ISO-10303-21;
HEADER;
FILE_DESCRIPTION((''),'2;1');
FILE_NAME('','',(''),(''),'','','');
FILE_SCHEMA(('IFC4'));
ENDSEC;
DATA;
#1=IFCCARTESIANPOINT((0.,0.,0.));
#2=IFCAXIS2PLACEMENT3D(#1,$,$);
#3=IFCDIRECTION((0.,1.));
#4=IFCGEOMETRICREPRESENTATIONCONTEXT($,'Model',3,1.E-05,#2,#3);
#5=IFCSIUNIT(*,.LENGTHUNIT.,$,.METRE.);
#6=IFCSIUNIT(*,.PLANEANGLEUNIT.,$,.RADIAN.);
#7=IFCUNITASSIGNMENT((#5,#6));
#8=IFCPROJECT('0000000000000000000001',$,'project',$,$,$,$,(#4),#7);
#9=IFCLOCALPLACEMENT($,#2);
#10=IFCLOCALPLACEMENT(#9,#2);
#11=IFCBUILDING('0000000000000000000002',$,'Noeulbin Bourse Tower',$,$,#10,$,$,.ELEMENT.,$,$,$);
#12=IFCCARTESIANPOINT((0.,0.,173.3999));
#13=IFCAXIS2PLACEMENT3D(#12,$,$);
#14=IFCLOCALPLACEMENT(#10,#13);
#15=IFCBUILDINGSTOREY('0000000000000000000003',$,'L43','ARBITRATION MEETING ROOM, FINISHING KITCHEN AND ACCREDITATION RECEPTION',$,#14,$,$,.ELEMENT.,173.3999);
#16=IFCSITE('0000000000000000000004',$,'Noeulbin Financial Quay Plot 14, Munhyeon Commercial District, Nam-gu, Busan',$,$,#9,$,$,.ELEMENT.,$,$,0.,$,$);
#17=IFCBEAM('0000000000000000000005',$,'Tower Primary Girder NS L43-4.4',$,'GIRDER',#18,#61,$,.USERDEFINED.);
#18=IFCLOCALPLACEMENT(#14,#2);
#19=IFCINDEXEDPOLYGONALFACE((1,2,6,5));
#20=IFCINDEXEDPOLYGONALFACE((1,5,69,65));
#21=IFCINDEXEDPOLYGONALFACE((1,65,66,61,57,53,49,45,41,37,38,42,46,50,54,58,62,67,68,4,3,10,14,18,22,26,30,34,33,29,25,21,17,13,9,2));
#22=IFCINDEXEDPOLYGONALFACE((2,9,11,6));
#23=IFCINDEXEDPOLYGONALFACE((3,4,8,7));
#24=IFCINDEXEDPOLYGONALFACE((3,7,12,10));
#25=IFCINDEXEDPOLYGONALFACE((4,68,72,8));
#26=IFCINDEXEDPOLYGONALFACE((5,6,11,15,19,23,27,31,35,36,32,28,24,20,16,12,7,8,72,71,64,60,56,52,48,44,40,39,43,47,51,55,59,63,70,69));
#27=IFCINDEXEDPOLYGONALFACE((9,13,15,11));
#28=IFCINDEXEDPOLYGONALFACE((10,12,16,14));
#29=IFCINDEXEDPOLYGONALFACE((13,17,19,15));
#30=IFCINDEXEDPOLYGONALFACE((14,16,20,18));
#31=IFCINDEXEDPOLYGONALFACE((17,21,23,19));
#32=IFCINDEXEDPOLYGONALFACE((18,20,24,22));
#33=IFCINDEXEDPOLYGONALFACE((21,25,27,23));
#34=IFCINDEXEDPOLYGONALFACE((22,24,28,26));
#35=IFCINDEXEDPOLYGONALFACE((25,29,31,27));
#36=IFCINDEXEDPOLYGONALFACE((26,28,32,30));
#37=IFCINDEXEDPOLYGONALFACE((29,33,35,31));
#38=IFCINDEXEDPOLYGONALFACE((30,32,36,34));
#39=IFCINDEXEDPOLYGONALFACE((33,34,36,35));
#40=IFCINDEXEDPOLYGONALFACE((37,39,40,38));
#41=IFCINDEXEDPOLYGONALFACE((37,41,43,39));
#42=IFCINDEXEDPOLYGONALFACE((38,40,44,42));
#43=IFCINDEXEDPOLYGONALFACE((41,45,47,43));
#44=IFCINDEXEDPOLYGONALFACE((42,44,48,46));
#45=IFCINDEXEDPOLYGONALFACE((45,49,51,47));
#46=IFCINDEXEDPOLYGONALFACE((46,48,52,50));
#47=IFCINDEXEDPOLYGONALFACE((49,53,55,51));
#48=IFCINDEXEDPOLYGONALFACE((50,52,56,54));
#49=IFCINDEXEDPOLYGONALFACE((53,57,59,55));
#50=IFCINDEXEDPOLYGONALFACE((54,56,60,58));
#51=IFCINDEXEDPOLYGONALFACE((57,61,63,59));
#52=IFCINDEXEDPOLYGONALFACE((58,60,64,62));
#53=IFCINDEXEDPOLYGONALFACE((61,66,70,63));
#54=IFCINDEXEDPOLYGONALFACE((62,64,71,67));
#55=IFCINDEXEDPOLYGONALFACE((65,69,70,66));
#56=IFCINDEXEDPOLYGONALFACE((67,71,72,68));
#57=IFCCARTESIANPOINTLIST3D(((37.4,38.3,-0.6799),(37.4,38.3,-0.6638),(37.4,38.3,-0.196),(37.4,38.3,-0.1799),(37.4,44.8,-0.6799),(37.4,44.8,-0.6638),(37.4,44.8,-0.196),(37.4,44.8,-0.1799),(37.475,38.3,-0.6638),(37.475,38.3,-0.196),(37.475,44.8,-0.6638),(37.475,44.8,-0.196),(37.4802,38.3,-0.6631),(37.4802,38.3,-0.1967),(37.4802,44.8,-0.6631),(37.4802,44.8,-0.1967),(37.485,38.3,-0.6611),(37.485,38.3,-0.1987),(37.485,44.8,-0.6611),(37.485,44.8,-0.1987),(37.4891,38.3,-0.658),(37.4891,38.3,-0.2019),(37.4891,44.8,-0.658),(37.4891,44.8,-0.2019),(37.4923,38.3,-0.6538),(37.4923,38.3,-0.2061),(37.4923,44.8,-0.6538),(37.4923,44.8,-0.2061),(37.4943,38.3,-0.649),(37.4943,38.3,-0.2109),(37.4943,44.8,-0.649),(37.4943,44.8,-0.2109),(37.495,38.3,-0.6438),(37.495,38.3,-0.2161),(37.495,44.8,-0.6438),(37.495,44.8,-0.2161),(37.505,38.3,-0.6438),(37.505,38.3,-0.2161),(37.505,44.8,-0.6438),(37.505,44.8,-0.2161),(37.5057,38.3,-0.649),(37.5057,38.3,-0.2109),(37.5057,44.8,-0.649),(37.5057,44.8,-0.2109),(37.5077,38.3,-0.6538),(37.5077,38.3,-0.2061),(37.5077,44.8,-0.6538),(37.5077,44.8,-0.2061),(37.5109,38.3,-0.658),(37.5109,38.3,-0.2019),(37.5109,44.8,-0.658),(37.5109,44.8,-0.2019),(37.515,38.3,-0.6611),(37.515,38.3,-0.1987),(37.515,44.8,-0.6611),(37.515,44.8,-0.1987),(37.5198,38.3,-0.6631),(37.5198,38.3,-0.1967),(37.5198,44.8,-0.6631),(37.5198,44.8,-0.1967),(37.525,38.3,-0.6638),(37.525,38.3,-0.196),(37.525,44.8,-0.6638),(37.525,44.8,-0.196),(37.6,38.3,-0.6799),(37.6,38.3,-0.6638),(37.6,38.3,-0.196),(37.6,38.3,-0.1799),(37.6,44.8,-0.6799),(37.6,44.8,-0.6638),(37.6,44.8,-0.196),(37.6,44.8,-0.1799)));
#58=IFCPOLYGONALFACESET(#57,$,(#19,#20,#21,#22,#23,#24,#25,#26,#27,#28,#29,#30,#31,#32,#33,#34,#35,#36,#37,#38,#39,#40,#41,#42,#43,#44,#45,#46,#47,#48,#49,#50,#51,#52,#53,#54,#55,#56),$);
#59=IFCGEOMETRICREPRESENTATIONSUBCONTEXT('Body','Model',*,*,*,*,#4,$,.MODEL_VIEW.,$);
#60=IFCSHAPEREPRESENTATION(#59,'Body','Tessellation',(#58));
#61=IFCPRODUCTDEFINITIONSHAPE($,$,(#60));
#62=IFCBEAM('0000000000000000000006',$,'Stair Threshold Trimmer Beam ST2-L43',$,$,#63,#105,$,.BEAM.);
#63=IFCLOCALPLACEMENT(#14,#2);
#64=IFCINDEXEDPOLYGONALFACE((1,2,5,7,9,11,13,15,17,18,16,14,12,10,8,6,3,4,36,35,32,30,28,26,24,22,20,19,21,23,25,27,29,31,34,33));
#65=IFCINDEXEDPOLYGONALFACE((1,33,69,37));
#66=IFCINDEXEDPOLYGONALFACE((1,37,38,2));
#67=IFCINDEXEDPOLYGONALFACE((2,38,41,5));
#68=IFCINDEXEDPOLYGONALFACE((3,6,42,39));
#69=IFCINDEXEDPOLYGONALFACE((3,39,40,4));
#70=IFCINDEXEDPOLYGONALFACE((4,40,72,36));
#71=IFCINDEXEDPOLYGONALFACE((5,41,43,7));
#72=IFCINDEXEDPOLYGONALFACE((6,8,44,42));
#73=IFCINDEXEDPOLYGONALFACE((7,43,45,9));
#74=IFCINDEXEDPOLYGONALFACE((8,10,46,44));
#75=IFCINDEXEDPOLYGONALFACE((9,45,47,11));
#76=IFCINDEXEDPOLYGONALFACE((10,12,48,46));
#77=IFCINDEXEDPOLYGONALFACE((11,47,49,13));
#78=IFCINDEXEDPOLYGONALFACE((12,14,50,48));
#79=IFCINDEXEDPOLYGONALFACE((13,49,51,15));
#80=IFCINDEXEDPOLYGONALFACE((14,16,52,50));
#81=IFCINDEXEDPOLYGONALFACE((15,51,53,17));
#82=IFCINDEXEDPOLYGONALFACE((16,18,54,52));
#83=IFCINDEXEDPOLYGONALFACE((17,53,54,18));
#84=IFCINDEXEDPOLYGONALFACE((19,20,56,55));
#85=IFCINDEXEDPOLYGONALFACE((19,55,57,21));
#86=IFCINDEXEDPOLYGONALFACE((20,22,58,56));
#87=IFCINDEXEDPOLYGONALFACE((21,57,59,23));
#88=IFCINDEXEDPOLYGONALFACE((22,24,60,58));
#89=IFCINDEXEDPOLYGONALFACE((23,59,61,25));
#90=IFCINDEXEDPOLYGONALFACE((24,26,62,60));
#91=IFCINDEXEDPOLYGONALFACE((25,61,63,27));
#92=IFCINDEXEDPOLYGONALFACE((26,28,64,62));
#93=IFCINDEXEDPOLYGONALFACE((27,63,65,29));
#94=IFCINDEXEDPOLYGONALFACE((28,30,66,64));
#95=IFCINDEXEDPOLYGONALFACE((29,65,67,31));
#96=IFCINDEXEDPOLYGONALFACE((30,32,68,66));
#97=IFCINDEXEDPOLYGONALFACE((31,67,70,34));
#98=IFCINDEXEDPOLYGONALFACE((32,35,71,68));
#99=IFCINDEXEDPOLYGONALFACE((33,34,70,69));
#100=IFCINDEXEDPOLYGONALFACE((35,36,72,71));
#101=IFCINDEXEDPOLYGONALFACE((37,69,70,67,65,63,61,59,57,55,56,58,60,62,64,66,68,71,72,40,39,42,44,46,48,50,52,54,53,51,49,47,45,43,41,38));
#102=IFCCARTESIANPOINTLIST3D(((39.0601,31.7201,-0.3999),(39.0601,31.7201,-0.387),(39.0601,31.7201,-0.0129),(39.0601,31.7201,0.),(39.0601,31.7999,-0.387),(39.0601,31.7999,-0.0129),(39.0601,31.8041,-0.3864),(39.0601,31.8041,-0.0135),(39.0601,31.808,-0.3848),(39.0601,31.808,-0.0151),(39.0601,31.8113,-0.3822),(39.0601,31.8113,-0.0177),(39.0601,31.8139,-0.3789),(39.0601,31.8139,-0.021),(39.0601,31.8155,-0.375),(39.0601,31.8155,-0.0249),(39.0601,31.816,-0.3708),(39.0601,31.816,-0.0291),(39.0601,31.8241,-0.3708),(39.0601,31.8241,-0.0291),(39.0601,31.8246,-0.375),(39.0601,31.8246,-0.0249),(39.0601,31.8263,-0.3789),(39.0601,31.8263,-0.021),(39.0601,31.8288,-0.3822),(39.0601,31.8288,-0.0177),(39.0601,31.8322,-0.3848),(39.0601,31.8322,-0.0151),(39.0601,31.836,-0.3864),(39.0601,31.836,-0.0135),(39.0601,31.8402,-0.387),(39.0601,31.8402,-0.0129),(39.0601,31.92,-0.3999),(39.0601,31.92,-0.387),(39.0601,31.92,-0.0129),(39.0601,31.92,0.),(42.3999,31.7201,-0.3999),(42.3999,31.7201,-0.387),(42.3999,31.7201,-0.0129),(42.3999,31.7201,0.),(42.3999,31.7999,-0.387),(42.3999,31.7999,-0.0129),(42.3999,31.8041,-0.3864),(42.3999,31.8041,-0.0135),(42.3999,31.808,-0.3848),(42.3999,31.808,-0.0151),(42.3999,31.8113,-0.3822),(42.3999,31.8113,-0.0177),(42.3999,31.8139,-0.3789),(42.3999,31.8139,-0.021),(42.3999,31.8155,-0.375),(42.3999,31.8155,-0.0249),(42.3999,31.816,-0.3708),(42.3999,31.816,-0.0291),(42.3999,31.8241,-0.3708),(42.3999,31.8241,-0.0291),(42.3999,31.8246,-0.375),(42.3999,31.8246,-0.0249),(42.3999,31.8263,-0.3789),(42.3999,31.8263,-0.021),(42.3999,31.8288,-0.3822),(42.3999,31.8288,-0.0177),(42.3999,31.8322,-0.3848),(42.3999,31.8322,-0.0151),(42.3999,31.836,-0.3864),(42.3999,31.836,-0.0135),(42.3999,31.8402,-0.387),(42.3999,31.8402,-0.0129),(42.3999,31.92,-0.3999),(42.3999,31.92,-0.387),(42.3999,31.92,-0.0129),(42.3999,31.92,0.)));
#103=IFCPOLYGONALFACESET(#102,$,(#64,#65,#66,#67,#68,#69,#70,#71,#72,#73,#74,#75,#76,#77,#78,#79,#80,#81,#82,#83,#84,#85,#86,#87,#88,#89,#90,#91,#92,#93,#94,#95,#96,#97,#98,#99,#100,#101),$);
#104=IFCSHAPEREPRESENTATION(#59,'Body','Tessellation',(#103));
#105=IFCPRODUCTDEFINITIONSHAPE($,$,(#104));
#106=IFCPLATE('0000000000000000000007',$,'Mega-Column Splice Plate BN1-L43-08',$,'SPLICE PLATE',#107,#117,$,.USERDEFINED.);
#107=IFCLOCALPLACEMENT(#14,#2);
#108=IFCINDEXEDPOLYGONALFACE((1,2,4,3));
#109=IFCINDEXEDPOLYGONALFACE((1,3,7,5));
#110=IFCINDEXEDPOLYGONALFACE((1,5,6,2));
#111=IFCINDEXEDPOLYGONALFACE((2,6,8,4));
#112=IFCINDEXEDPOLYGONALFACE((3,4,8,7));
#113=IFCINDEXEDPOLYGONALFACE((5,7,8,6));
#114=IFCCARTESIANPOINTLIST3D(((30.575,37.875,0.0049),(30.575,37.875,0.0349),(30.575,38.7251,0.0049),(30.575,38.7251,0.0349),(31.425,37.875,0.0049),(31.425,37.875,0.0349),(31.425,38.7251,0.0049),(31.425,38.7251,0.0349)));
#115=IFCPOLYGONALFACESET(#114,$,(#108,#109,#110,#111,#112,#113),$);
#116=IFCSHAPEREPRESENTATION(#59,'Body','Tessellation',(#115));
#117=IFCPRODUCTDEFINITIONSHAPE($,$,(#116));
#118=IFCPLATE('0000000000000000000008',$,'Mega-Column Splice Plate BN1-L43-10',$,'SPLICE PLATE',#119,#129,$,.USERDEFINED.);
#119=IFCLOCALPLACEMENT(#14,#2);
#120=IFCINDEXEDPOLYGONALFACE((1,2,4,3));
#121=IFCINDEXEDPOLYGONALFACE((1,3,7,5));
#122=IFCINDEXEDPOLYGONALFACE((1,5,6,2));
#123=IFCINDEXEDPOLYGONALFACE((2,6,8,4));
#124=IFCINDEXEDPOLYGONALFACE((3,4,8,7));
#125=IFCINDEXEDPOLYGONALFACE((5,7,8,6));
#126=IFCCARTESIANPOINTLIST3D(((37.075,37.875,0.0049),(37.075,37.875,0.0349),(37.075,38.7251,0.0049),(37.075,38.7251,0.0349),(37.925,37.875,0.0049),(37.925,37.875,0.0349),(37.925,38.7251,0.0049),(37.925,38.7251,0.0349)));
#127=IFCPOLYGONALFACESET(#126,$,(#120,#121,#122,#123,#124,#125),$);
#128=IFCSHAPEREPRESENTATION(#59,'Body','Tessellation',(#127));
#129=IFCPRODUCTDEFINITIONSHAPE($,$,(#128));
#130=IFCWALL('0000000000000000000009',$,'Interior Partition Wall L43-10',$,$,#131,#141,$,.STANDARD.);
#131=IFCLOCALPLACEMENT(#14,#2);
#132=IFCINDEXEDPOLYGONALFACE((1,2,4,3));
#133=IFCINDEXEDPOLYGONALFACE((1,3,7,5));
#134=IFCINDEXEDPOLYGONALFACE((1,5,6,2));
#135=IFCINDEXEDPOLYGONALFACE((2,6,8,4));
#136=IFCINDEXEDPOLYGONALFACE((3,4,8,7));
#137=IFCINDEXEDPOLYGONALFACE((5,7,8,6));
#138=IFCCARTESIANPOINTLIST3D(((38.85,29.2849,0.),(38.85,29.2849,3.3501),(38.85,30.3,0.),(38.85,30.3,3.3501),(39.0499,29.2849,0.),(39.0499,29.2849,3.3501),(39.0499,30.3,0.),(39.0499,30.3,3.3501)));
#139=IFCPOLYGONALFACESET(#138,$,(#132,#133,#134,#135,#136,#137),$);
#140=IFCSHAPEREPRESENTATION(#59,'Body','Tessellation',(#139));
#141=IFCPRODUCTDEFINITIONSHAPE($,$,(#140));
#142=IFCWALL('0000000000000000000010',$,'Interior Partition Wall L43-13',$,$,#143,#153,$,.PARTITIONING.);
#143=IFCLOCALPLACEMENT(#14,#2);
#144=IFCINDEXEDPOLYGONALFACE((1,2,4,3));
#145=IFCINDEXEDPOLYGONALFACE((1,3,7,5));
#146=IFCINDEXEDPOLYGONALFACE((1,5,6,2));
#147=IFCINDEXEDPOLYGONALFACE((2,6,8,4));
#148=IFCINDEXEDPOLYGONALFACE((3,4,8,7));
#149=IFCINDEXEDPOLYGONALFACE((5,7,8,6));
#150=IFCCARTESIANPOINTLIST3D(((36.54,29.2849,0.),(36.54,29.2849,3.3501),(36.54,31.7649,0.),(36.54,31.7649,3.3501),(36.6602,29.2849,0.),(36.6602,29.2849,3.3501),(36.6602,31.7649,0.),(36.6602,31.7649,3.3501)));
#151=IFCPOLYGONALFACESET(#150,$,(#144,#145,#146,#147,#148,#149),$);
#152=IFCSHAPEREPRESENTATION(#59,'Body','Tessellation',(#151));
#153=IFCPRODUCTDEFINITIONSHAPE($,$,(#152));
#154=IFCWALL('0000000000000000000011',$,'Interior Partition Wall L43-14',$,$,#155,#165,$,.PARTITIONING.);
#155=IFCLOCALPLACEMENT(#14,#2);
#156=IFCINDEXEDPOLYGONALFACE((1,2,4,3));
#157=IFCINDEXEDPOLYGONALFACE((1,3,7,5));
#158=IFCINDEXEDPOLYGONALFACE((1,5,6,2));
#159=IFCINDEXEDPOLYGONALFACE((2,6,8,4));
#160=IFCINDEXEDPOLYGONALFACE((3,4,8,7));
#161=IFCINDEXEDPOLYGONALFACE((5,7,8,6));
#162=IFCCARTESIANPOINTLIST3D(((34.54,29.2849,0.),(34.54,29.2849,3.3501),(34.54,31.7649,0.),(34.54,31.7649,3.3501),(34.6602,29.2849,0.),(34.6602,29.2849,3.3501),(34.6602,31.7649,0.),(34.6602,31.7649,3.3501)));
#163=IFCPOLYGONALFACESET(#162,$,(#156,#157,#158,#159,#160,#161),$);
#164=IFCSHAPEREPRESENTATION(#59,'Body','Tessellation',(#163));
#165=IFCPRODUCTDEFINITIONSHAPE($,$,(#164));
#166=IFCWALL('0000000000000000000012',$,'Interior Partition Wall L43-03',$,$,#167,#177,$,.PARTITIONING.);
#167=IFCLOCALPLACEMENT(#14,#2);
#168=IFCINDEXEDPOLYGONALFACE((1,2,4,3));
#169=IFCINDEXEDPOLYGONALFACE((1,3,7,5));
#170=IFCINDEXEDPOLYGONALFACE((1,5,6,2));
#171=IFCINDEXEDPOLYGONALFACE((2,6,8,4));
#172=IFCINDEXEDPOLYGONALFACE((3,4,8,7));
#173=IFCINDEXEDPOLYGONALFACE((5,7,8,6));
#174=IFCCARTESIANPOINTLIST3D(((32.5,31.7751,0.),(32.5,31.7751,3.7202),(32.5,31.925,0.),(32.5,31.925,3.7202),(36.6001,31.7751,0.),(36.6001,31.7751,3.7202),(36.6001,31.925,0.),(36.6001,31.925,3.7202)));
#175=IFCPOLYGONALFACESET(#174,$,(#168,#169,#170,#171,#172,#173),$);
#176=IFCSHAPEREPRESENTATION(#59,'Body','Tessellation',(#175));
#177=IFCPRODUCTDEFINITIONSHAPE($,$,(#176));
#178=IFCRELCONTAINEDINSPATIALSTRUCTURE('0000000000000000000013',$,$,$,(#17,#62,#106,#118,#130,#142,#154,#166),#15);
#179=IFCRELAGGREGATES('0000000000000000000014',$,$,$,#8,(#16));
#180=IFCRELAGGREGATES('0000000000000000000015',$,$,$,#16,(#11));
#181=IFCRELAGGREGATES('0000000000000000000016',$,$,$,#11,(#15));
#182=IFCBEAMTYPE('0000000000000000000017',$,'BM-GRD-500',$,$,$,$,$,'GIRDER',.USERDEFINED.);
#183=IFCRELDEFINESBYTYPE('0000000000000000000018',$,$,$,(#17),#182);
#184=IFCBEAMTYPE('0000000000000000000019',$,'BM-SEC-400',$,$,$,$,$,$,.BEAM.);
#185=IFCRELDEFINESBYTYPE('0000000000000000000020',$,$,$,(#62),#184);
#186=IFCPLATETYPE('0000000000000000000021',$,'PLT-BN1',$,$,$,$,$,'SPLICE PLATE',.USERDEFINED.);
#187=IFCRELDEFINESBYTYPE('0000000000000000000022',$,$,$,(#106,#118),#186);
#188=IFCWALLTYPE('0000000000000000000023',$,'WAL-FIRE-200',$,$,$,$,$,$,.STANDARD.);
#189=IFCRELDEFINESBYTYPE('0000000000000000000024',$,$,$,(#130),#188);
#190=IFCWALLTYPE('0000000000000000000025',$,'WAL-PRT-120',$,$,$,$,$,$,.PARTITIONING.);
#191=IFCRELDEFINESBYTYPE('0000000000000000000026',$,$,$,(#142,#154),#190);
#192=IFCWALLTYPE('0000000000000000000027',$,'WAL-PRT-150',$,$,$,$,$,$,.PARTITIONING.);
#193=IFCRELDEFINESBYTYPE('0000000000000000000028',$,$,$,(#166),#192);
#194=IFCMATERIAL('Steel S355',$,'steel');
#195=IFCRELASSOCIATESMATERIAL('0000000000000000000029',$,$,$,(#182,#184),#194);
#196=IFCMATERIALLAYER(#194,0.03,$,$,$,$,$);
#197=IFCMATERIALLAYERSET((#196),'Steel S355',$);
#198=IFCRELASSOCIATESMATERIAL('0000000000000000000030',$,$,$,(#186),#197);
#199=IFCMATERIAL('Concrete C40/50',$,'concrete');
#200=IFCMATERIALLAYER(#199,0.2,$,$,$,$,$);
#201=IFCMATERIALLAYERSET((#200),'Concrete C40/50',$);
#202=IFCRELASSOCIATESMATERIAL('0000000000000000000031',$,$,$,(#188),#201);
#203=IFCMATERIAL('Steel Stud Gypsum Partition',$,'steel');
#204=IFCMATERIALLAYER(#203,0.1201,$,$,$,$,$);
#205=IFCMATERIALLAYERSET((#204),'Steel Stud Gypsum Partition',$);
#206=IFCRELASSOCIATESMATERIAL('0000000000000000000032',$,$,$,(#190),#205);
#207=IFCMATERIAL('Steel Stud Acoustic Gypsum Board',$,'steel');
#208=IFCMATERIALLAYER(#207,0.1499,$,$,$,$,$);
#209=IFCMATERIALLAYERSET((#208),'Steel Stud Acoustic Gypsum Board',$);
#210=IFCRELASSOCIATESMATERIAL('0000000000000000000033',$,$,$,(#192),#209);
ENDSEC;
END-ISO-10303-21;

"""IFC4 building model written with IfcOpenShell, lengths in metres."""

from ifc_helpers import new_model, si_unit, direction, frame, frame_2d, origin, origin_2d, place, context, subcontext, project, spatial, rectangle, i_section, extrude, material, layer, layer_set, material_profile, profile_set, type_object, element, save


model = new_model("IFC4")

# Units and contexts
model_context = context("Model", 3, precision=1e-05, world=origin(), true_north=direction((0.0, 1.0)))
body_context = subcontext(model_context, "Body", "Model", "MODEL_VIEW")
ifc_project = project(units=[si_unit("LENGTHUNIT", "METRE"), si_unit("PLANEANGLEUNIT", "RADIAN")], contexts=[model_context])

# Site, building, storey
site_placement = place(None, origin())
site = spatial("IfcSite", under=ifc_project, at=site_placement, Name="Noeulbin Financial Quay Plot 14, Munhyeon Commercial District, Nam-gu, Busan", CompositionType="ELEMENT", RefElevation=0.0)
building_placement = place(site_placement, origin())
building = spatial("IfcBuilding", under=site, at=building_placement, Name="Noeulbin Bourse Tower", CompositionType="ELEMENT")
storey_placement = place(building_placement, frame((0.0, 0.0, 173.3999)))
storey = spatial("IfcBuildingStorey", under=building, at=storey_placement, Name="L43", Description="ARBITRATION MEETING ROOM, FINISHING KITCHEN AND ACCREDITATION RECEPTION", CompositionType="ELEMENT", Elevation=173.3999)

# Beams
ifc_material_1 = material(Name="Steel S355", Category="steel")
ifc_material_profile_1 = material_profile(ifc_material_1, i_section(OverallWidth=0.2, OverallDepth=0.5, WebThickness=0.01, FlangeThickness=0.0161, FilletRadius=0.02, at=origin_2d()), Name="H-500x200x10x16", Category="LoadBearing")
ifc_profile_set_1 = profile_set([ifc_material_profile_1], Name="Steel S355")
beam_type_1 = type_object("IfcBeamType", Name="BM-GRD-500", ElementType="GIRDER", PredefinedType="USERDEFINED", material=ifc_profile_set_1)
for number, where, z_axis, x_axis, name in (
    (1, (37.5, 38.3, -0.4299), (0.0, 1.0, 0.0), (-1.0, 0.0, 0.0), "Tower Primary Girder NS L43-4.4"),
):
    element("IfcBeam", number, at=place(storey_placement, frame(where, z_axis=z_axis, x_axis=x_axis)), inside=storey, type_object=beam_type_1, Name=name, ObjectType="GIRDER", PredefinedType="USERDEFINED", context=body_context, shape_type="SweptSolid", body=[
        extrude(i_section(OverallWidth=0.2, OverallDepth=0.5, WebThickness=0.01, FlangeThickness=0.0161, FilletRadius=0.02, at=origin_2d()), origin(), (0.0, 0.0, 1.0), 6.5),
    ])
ifc_material_profile_2 = material_profile(ifc_material_1, i_section(OverallWidth=0.2, OverallDepth=0.3999, WebThickness=0.0081, FlangeThickness=0.0129, FilletRadius=0.0161, at=origin_2d()), Name="H-400x200x8x13", Category="LoadBearing")
ifc_profile_set_2 = profile_set([ifc_material_profile_2], Name="Steel S355")
beam_type_2 = type_object("IfcBeamType", Name="BM-SEC-400", PredefinedType="BEAM", material=ifc_profile_set_2)
beam_placement = place(storey_placement, frame((39.0601, 31.8201, -0.2), z_axis=(1.0, 0.0, 0.0), x_axis=(0.0, 1.0, 0.0)))
element("IfcBeam", 2, at=beam_placement, inside=storey, type_object=beam_type_2, Name="Stair Threshold Trimmer Beam ST2-L43", PredefinedType="BEAM", context=body_context, shape_type="SweptSolid", body=[
    extrude(i_section(OverallWidth=0.2, OverallDepth=0.3999, WebThickness=0.0081, FlangeThickness=0.0129, FilletRadius=0.0161, at=origin_2d()), origin(), (0.0, 0.0, 1.0), 3.3398),
])

# Plates
ifc_layer_1 = layer(ifc_material_1, 0.03)
ifc_layer_set_1 = layer_set([ifc_layer_1], Name="Steel S355")
plate_type = type_object("IfcPlateType", Name="PLT-BN1", ElementType="SPLICE PLATE", PredefinedType="USERDEFINED", material=ifc_layer_set_1)
for number, where, z_axis, x_axis, name in (
    (3, (31.0, 38.3, 0.0049), (0.0, 0.0, 1.0), (1.0, 0.0, 0.0), "Mega-Column Splice Plate BN1-L43-08"),
    (4, (37.5, 38.3, 0.0049), (0.0, 0.0, 1.0), (1.0, 0.0, 0.0), "Mega-Column Splice Plate BN1-L43-10"),
):
    element("IfcPlate", number, at=place(storey_placement, frame(where, z_axis=z_axis, x_axis=x_axis)), inside=storey, type_object=plate_type, Name=name, ObjectType="SPLICE PLATE", PredefinedType="USERDEFINED", context=body_context, shape_type="SweptSolid", body=[
        extrude(rectangle(XDim=0.8501, YDim=0.8501, at=origin_2d()), origin(), (0.0, 0.0, 1.0), 0.03),
    ])

# Walls
ifc_material_2 = material(Name="Concrete C40/50", Category="concrete")
ifc_layer_2 = layer(ifc_material_2, 0.2)
ifc_layer_set_2 = layer_set([ifc_layer_2], Name="Concrete C40/50")
wall_type_1 = type_object("IfcWallType", Name="WAL-FIRE-200", PredefinedType="STANDARD", material=ifc_layer_set_2)
wall_1_placement = place(storey_placement, frame((38.95, 29.2849, 0.0), z_axis=(0.0, 0.0, 1.0), x_axis=(0.0, 1.0, 0.0)))
element("IfcWall", 5, at=wall_1_placement, inside=storey, type_object=wall_type_1, Name="Interior Partition Wall L43-10", PredefinedType="STANDARD", context=body_context, shape_type="SweptSolid", body=[
    extrude(rectangle(XDim=1.0151, YDim=0.2, at=frame_2d((0.5076, 0.0))), origin(), (0.0, 0.0, 1.0), 3.3501),
])
ifc_material_3 = material(Name="Steel Stud Gypsum Partition", Category="steel")
ifc_layer_3 = layer(ifc_material_3, 0.1201)
ifc_layer_set_3 = layer_set([ifc_layer_3], Name="Steel Stud Gypsum Partition")
wall_type_2 = type_object("IfcWallType", Name="WAL-PRT-120", PredefinedType="PARTITIONING", material=ifc_layer_set_3)
for number, where, z_axis, x_axis, name in (
    (6, (36.6001, 29.2849, 0.0), (0.0, 0.0, 1.0), (0.0, 1.0, 0.0), "Interior Partition Wall L43-13"),
    (7, (34.6001, 29.2849, 0.0), (0.0, 0.0, 1.0), (0.0, 1.0, 0.0), "Interior Partition Wall L43-14"),
):
    element("IfcWall", number, at=place(storey_placement, frame(where, z_axis=z_axis, x_axis=x_axis)), inside=storey, type_object=wall_type_2, Name=name, PredefinedType="PARTITIONING", context=body_context, shape_type="SweptSolid", body=[
        extrude(rectangle(XDim=2.48, YDim=0.1201, at=frame_2d((1.24, 0.0))), origin(), (0.0, 0.0, 1.0), 3.3501),
    ])
ifc_material_4 = material(Name="Steel Stud Acoustic Gypsum Board", Category="steel")
ifc_layer_4 = layer(ifc_material_4, 0.1499)
ifc_layer_set_4 = layer_set([ifc_layer_4], Name="Steel Stud Acoustic Gypsum Board")
wall_type_3 = type_object("IfcWallType", Name="WAL-PRT-150", PredefinedType="PARTITIONING", material=ifc_layer_set_4)
wall_2_placement = place(storey_placement, frame((32.5, 31.8501, 0.0), z_axis=(0.0, 0.0, 1.0), x_axis=(1.0, 0.0, 0.0)))
element("IfcWall", 8, at=wall_2_placement, inside=storey, type_object=wall_type_3, Name="Interior Partition Wall L43-03", PredefinedType="PARTITIONING", context=body_context, shape_type="SweptSolid", body=[
    extrude(rectangle(XDim=4.1001, YDim=0.1499, at=frame_2d((2.05, 0.0))), origin(), (0.0, 0.0, 1.0), 3.7202),
])

save(model, "model.ifc")
